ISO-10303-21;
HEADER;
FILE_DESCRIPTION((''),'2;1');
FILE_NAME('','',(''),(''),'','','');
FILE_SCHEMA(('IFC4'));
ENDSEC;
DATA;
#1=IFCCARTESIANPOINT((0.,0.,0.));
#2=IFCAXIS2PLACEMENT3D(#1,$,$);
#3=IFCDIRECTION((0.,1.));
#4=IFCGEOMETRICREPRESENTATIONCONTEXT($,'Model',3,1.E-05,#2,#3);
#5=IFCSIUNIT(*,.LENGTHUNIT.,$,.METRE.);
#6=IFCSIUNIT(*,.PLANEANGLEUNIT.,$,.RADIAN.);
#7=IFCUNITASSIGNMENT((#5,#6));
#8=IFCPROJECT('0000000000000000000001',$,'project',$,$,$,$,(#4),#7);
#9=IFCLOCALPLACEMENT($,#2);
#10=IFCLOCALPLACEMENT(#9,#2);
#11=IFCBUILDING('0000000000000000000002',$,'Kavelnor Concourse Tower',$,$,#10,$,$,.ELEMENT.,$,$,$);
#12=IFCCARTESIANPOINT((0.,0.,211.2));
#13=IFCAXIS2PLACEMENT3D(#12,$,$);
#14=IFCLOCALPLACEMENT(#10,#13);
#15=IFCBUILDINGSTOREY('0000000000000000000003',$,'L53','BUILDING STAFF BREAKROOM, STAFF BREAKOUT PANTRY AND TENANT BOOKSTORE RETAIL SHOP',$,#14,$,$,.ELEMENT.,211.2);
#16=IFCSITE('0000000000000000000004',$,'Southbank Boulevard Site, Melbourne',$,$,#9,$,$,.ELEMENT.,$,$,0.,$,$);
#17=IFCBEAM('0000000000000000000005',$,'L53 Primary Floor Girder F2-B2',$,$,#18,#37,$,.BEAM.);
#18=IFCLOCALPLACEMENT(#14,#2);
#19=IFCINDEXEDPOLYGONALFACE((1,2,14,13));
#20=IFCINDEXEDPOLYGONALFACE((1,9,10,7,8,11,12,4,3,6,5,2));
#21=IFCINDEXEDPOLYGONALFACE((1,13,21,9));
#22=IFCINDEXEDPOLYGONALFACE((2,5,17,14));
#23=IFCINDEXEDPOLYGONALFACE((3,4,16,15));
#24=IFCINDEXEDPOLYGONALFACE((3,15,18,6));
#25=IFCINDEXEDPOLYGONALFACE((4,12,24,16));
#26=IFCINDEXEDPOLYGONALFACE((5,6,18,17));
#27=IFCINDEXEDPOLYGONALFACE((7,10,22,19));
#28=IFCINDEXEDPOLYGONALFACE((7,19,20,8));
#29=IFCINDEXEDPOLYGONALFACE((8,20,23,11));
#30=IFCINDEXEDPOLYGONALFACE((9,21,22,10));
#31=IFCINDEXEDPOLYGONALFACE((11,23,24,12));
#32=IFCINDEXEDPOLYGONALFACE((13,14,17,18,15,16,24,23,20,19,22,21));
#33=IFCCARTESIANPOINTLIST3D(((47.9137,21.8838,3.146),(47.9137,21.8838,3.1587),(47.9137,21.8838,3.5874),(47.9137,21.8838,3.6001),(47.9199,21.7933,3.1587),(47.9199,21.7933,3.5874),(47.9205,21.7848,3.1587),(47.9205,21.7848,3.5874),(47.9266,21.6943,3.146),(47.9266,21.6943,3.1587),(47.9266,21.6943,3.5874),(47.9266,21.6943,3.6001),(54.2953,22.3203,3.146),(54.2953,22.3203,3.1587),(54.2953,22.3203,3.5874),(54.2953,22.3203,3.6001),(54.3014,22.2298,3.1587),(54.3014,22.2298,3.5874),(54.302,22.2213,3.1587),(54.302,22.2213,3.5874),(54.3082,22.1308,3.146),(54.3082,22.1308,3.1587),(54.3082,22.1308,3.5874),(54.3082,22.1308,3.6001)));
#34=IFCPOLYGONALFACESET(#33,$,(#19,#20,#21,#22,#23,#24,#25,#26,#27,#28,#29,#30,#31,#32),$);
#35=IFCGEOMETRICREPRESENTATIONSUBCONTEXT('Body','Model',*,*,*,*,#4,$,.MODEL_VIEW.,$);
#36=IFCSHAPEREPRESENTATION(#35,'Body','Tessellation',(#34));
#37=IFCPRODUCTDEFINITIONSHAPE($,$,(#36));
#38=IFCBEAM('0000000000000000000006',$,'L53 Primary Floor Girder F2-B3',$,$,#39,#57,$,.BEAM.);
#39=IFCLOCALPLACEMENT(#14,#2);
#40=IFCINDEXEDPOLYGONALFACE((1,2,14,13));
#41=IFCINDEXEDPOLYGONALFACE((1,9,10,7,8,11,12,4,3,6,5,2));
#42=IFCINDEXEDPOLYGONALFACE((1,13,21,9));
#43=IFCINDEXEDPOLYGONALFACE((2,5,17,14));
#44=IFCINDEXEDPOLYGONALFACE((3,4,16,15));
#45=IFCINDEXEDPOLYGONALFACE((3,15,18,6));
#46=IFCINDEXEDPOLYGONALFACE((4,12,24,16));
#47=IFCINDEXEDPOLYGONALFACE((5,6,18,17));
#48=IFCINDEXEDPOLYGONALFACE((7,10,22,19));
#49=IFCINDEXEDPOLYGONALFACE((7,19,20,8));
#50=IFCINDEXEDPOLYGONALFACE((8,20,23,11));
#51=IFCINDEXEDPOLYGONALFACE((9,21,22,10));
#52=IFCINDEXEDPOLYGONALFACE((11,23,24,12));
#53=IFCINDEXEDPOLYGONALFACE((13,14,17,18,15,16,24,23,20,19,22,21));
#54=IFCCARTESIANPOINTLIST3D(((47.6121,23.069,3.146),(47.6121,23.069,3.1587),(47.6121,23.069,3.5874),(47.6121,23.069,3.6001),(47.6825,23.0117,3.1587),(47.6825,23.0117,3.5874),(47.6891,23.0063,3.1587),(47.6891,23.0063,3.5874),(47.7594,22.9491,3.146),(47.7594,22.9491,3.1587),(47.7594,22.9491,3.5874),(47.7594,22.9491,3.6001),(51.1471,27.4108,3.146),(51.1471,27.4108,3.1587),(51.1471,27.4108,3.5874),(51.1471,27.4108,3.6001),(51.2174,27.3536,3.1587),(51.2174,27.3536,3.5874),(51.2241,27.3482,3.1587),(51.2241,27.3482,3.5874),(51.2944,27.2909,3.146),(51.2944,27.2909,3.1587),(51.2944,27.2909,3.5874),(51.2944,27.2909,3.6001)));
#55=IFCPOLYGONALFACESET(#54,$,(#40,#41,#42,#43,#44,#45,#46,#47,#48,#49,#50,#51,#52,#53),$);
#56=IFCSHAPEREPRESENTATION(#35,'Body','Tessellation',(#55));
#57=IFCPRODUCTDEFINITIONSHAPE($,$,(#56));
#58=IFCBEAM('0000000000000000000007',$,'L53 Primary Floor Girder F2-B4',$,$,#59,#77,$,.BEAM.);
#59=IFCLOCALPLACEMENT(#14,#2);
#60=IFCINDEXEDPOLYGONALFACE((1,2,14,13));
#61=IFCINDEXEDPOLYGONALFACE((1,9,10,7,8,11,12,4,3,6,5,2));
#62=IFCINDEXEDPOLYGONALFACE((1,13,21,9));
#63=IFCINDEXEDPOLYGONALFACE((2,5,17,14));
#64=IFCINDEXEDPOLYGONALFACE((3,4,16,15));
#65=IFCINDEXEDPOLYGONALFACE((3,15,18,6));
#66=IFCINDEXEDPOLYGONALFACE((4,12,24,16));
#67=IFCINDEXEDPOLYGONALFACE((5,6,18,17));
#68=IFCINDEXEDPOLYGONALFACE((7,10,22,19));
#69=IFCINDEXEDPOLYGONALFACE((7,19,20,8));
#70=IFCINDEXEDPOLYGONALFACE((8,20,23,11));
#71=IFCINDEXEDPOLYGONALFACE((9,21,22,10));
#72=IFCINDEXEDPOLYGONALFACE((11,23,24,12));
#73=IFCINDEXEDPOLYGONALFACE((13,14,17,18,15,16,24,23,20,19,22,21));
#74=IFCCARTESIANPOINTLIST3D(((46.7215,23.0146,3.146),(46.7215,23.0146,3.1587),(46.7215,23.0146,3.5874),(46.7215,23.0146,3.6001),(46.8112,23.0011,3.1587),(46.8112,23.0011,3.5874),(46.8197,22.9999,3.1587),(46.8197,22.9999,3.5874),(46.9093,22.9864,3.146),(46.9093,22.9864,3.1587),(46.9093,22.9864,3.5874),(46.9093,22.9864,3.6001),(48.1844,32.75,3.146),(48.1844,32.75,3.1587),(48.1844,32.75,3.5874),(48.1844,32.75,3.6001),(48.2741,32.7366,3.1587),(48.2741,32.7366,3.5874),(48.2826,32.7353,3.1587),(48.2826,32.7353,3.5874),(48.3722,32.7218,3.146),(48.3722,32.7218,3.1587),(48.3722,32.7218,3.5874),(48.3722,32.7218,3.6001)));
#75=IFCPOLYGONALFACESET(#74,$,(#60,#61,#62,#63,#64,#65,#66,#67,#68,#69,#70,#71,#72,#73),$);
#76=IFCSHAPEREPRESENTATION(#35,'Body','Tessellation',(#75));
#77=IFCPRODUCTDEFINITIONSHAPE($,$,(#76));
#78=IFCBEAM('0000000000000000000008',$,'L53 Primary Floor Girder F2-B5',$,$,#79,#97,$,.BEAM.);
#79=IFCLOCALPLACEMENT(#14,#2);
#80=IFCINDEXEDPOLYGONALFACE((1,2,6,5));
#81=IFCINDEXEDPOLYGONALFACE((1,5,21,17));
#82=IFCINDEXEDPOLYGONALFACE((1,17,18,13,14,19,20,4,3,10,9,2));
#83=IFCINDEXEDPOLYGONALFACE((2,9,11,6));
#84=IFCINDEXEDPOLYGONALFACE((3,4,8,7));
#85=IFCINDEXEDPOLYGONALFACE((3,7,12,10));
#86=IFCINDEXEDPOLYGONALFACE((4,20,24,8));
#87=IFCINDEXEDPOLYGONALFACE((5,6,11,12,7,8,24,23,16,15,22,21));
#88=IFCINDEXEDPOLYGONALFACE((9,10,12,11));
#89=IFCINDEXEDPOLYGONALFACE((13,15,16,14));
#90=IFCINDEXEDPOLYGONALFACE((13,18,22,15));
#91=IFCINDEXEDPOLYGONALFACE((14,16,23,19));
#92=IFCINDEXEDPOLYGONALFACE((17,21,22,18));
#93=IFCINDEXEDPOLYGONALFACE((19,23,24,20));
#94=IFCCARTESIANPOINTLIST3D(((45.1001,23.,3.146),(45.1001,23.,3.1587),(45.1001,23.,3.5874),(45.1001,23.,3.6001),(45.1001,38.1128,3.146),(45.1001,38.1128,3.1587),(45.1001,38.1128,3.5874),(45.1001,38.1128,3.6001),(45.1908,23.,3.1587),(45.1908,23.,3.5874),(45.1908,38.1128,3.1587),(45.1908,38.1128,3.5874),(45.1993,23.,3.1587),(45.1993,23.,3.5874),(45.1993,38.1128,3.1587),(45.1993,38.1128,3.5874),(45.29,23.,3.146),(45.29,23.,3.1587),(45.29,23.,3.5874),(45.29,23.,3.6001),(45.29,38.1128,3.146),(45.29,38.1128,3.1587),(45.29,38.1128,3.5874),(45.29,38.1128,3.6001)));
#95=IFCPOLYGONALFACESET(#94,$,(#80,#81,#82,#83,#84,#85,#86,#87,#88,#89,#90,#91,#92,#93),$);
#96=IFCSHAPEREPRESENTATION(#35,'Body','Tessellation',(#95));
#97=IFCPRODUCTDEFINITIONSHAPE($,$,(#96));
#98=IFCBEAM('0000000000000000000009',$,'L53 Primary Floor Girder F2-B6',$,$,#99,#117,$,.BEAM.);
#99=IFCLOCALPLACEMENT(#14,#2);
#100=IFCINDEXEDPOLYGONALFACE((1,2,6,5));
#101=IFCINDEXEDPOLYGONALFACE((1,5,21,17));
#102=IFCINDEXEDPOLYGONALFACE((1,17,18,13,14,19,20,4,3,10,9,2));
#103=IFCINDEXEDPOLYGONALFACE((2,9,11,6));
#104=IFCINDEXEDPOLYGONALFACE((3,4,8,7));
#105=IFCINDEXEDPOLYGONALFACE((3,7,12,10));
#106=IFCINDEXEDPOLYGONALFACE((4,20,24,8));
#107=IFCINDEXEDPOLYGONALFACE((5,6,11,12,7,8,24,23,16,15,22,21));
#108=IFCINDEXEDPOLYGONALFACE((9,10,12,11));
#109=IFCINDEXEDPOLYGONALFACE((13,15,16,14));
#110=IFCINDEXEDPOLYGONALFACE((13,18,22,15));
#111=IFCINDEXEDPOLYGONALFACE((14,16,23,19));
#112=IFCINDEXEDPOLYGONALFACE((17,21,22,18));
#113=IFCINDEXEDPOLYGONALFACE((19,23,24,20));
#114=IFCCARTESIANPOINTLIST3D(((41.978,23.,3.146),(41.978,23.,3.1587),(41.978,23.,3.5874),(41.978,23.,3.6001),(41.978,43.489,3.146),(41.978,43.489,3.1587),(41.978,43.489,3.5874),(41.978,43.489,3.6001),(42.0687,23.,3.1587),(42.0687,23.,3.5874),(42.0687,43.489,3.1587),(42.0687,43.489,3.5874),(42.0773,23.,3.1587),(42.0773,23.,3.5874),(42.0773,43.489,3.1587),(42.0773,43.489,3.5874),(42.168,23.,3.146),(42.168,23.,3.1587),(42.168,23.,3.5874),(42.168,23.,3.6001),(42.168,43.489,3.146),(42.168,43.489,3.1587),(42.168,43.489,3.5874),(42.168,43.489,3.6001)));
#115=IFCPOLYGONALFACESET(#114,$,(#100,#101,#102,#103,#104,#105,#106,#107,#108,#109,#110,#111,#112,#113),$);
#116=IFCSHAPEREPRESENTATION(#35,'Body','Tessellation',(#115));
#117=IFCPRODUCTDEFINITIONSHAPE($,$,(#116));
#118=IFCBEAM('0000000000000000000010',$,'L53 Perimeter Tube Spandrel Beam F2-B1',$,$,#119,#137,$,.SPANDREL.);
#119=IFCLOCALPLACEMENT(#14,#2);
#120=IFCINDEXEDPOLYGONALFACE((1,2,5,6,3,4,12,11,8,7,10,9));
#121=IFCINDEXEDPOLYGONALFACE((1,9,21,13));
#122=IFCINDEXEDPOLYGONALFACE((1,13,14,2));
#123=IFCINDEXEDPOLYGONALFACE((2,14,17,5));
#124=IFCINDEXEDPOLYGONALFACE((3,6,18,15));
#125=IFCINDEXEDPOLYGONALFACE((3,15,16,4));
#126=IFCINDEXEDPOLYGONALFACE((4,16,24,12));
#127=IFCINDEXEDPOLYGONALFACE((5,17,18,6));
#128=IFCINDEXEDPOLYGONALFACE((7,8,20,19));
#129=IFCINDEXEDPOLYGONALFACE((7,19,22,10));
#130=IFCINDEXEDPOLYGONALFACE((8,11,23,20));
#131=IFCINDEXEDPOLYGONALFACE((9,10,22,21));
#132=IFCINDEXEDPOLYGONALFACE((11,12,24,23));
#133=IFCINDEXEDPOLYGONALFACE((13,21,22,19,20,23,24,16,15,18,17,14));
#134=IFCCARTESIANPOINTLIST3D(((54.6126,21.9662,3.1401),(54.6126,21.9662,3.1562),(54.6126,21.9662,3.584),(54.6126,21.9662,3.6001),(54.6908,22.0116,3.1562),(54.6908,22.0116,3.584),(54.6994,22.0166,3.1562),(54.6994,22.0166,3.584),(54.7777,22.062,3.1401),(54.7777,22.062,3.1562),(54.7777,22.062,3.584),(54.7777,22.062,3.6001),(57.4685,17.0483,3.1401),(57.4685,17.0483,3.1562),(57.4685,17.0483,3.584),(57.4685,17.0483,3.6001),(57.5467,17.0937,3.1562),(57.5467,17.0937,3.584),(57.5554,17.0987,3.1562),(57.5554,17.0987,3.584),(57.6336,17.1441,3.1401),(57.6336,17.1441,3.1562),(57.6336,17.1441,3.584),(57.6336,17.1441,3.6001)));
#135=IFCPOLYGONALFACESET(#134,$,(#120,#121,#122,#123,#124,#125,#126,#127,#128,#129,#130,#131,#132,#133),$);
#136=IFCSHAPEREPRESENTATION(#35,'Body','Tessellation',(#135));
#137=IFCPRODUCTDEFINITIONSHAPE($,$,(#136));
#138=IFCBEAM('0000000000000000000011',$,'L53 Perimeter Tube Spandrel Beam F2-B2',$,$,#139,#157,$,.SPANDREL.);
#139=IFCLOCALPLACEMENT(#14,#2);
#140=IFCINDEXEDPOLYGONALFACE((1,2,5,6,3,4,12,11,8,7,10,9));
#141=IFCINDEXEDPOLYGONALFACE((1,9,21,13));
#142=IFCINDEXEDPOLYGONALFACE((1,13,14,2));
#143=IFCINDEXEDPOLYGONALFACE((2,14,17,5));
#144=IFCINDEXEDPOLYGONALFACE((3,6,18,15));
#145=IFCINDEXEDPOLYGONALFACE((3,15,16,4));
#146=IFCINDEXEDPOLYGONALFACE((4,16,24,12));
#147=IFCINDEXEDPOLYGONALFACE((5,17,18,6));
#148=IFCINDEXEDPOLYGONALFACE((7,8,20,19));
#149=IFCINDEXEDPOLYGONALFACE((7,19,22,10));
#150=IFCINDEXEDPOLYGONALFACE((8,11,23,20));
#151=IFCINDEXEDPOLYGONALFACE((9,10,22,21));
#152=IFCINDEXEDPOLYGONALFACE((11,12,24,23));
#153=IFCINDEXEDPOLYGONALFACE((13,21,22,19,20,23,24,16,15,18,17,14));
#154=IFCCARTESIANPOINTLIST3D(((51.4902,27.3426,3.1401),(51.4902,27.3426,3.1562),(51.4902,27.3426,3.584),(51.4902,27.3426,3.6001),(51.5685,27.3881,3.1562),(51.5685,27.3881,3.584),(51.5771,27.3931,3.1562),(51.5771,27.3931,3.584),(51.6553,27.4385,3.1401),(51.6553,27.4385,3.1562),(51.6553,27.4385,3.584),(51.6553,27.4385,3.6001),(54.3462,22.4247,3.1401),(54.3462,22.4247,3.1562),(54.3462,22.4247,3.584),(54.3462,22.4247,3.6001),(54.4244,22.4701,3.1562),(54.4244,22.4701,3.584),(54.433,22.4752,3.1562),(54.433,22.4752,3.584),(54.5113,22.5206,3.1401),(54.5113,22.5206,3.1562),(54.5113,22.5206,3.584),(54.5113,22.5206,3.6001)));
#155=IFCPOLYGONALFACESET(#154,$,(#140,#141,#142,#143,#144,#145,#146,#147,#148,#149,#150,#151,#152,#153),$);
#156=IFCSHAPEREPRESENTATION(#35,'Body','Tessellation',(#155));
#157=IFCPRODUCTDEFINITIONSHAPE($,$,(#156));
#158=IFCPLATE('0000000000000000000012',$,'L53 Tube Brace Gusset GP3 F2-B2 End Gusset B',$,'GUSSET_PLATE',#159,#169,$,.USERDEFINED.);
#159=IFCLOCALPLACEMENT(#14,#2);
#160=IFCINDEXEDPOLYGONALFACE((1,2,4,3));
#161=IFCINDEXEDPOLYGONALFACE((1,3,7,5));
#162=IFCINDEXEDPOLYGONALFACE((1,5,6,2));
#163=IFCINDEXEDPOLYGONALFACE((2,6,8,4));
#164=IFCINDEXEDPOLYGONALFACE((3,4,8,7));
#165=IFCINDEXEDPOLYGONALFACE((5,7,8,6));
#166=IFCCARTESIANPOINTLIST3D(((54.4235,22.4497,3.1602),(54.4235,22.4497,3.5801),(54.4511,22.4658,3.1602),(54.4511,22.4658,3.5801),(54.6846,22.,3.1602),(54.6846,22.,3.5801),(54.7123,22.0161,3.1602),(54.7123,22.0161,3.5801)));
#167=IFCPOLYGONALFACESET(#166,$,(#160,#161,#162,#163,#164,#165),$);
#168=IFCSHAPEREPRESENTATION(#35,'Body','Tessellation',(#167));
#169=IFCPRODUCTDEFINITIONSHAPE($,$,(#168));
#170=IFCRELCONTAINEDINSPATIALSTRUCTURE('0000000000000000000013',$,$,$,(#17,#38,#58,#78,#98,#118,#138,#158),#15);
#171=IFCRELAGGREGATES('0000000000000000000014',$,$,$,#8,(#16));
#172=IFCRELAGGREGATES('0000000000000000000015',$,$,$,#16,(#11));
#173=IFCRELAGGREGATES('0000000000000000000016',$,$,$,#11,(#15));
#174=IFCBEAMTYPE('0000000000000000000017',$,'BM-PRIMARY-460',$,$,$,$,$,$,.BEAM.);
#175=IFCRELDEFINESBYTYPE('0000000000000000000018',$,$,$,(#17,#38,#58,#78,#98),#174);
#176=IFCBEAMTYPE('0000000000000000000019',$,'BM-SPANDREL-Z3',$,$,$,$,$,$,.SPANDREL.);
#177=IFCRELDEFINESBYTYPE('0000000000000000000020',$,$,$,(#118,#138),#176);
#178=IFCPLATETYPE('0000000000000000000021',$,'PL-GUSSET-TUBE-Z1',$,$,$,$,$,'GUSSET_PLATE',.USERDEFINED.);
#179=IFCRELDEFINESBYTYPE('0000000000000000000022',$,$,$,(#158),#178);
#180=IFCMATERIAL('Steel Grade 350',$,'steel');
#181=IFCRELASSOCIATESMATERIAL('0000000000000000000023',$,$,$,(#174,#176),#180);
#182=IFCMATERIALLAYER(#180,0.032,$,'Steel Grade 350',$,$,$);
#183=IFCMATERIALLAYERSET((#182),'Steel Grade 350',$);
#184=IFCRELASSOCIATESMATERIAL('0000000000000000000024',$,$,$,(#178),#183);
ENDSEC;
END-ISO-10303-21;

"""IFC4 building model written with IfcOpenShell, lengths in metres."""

from ifc_helpers import new_model, si_unit, direction, frame, origin, origin_2d, place, context, subcontext, project, spatial, rectangle, i_section, extrude, material, layer, layer_set, material_profile, profile_set, type_object, element, save


model = new_model("IFC4")

# Units and contexts
model_context = context("Model", 3, precision=1e-05, world=origin(), true_north=direction((0.0, 1.0)))
body_context = subcontext(model_context, "Body", "Model", "MODEL_VIEW")
ifc_project = project(units=[si_unit("LENGTHUNIT", "METRE"), si_unit("PLANEANGLEUNIT", "RADIAN")], contexts=[model_context])

# Site, building, storey
site_placement = place(None, origin())
site = spatial("IfcSite", under=ifc_project, at=site_placement, Name="Southbank Boulevard Site, Melbourne", CompositionType="ELEMENT", RefElevation=0.0)
building_placement = place(site_placement, origin())
building = spatial("IfcBuilding", under=site, at=building_placement, Name="Kavelnor Concourse Tower", CompositionType="ELEMENT")
storey_placement = place(building_placement, frame((0.0, 0.0, 211.2)))
storey = spatial("IfcBuildingStorey", under=building, at=storey_placement, Name="L53", Description="BUILDING STAFF BREAKROOM, STAFF BREAKOUT PANTRY AND TENANT BOOKSTORE RETAIL SHOP", CompositionType="ELEMENT", Elevation=211.2)

# Shared definitions
ifc_material_1 = material(Name="Steel Grade 350", Category="steel")

# Beams
ifc_material_profile_1 = material_profile(ifc_material_1, i_section(OverallWidth=0.1899, OverallDepth=0.4541, WebThickness=0.0085, FlangeThickness=0.0127, at=origin_2d()), Name="460UB67")
ifc_profile_set_1 = profile_set([ifc_material_profile_1], Name="Steel Grade 350")
beam_type_1 = type_object("IfcBeamType", Name="BM-PRIMARY-460", PredefinedType="BEAM", material=ifc_profile_set_1)
beam_1_placement = place(storey_placement, frame((47.9202, 21.7891, 3.373), z_axis=(0.997669, 0.068244, 0.0), x_axis=(-0.068244, 0.997669, 0.0)))
element("IfcBeam", 1, at=beam_1_placement, inside=storey, type_object=beam_type_1, Name="L53 Primary Floor Girder F2-B2", PredefinedType="BEAM", context=body_context, shape_type="SweptSolid", body=[
    extrude(i_section(OverallWidth=0.1899, OverallDepth=0.4541, WebThickness=0.0085, FlangeThickness=0.0127, at=origin_2d()), origin(), (0.0, 0.0, 1.0), 6.3965),
])
beam_2_placement = place(storey_placement, frame((47.6858, 23.009, 3.373), z_axis=(0.631367, 0.775484, 0.0), x_axis=(-0.775484, 0.631367, 0.0)))
element("IfcBeam", 2, at=beam_2_placement, inside=storey, type_object=beam_type_1, Name="L53 Primary Floor Girder F2-B3", PredefinedType="BEAM", context=body_context, shape_type="SweptSolid", body=[
    extrude(i_section(OverallWidth=0.1899, OverallDepth=0.4541, WebThickness=0.0085, FlangeThickness=0.0127, at=origin_2d()), origin(), (0.0, 0.0, 1.0), 5.5989),
])
beam_3_placement = place(storey_placement, frame((46.8154, 23.0005, 3.373), z_axis=(0.148598, 0.988898, 0.0), x_axis=(-0.988898, 0.148598, 0.0)))
element("IfcBeam", 3, at=beam_3_placement, inside=storey, type_object=beam_type_1, Name="L53 Primary Floor Girder F2-B4", PredefinedType="BEAM", context=body_context, shape_type="SweptSolid", body=[
    extrude(i_section(OverallWidth=0.1899, OverallDepth=0.4541, WebThickness=0.0085, FlangeThickness=0.0127, at=origin_2d()), origin(), (0.0, 0.0, 1.0), 9.8447),
])
beam_4_placement = place(storey_placement, frame((45.1951, 23.0, 3.373), z_axis=(0.0, 1.0, 0.0), x_axis=(-1.0, 0.0, 0.0)))
element("IfcBeam", 4, at=beam_4_placement, inside=storey, type_object=beam_type_1, Name="L53 Primary Floor Girder F2-B5", PredefinedType="BEAM", context=body_context, shape_type="SweptSolid", body=[
    extrude(i_section(OverallWidth=0.1899, OverallDepth=0.4541, WebThickness=0.0085, FlangeThickness=0.0127, at=origin_2d()), origin(), (0.0, 0.0, 1.0), 15.1128),
])
beam_5_placement = place(storey_placement, frame((42.073, 23.0, 3.373), z_axis=(0.0, 1.0, 0.0), x_axis=(-1.0, 0.0, 0.0)))
element("IfcBeam", 5, at=beam_5_placement, inside=storey, type_object=beam_type_1, Name="L53 Primary Floor Girder F2-B6", PredefinedType="BEAM", context=body_context, shape_type="SweptSolid", body=[
    extrude(i_section(OverallWidth=0.1899, OverallDepth=0.4541, WebThickness=0.0085, FlangeThickness=0.0127, at=origin_2d()), origin(), (0.0, 0.0, 1.0), 20.489),
])
ifc_material_profile_2 = material_profile(ifc_material_1, i_section(OverallWidth=0.1909, OverallDepth=0.46, WebThickness=0.01, FlangeThickness=0.0161, at=origin_2d()), Name="460UB82")
ifc_profile_set_2 = profile_set([ifc_material_profile_2], Name="Steel Grade 350")
beam_type_2 = type_object("IfcBeamType", Name="BM-SPANDREL-Z3", PredefinedType="SPANDREL", material=ifc_profile_set_2)
for number, where, z_axis, x_axis, name in (
    (6, (57.551, 17.0962, 3.3701), (-0.502183, 0.864761, 0.0), (-0.864761, -0.502183, 0.0), "L53 Perimeter Tube Spandrel Beam F2-B1"),
    (7, (54.4287, 22.4727, 3.3701), (-0.502183, 0.864761, 0.0), (-0.864761, -0.502183, 0.0), "L53 Perimeter Tube Spandrel Beam F2-B2"),
):
    element("IfcBeam", number, at=place(storey_placement, frame(where, z_axis=z_axis, x_axis=x_axis)), inside=storey, type_object=beam_type_2, Name=name, PredefinedType="SPANDREL", context=body_context, shape_type="SweptSolid", body=[
        extrude(i_section(OverallWidth=0.1909, OverallDepth=0.46, WebThickness=0.01, FlangeThickness=0.0161, at=origin_2d()), origin(), (0.0, 0.0, 1.0), 5.687),
    ])

# Plate
ifc_layer_1 = layer(ifc_material_1, 0.032, Name="Steel Grade 350")
ifc_layer_set_1 = layer_set([ifc_layer_1], Name="Steel Grade 350")
plate_type = type_object("IfcPlateType", Name="PL-GUSSET-TUBE-Z1", ElementType="GUSSET_PLATE", PredefinedType="USERDEFINED", material=ifc_layer_set_1)
plate_placement = place(storey_placement, frame((54.5679, 22.2329, 3.1602), z_axis=(0.0, 0.0, 1.0), x_axis=(0.502115, -0.864801, 0.0)))
element("IfcPlate", 8, at=plate_placement, inside=storey, type_object=plate_type, Name="L53 Tube Brace Gusset GP3 F2-B2 End Gusset B", ObjectType="GUSSET_PLATE", PredefinedType="USERDEFINED", context=body_context, shape_type="SweptSolid", body=[
    extrude(rectangle(XDim=0.52, YDim=0.032, at=origin_2d()), origin(), (0.0, 0.0, 1.0), 0.4199),
])

save(model, "model.ifc")
